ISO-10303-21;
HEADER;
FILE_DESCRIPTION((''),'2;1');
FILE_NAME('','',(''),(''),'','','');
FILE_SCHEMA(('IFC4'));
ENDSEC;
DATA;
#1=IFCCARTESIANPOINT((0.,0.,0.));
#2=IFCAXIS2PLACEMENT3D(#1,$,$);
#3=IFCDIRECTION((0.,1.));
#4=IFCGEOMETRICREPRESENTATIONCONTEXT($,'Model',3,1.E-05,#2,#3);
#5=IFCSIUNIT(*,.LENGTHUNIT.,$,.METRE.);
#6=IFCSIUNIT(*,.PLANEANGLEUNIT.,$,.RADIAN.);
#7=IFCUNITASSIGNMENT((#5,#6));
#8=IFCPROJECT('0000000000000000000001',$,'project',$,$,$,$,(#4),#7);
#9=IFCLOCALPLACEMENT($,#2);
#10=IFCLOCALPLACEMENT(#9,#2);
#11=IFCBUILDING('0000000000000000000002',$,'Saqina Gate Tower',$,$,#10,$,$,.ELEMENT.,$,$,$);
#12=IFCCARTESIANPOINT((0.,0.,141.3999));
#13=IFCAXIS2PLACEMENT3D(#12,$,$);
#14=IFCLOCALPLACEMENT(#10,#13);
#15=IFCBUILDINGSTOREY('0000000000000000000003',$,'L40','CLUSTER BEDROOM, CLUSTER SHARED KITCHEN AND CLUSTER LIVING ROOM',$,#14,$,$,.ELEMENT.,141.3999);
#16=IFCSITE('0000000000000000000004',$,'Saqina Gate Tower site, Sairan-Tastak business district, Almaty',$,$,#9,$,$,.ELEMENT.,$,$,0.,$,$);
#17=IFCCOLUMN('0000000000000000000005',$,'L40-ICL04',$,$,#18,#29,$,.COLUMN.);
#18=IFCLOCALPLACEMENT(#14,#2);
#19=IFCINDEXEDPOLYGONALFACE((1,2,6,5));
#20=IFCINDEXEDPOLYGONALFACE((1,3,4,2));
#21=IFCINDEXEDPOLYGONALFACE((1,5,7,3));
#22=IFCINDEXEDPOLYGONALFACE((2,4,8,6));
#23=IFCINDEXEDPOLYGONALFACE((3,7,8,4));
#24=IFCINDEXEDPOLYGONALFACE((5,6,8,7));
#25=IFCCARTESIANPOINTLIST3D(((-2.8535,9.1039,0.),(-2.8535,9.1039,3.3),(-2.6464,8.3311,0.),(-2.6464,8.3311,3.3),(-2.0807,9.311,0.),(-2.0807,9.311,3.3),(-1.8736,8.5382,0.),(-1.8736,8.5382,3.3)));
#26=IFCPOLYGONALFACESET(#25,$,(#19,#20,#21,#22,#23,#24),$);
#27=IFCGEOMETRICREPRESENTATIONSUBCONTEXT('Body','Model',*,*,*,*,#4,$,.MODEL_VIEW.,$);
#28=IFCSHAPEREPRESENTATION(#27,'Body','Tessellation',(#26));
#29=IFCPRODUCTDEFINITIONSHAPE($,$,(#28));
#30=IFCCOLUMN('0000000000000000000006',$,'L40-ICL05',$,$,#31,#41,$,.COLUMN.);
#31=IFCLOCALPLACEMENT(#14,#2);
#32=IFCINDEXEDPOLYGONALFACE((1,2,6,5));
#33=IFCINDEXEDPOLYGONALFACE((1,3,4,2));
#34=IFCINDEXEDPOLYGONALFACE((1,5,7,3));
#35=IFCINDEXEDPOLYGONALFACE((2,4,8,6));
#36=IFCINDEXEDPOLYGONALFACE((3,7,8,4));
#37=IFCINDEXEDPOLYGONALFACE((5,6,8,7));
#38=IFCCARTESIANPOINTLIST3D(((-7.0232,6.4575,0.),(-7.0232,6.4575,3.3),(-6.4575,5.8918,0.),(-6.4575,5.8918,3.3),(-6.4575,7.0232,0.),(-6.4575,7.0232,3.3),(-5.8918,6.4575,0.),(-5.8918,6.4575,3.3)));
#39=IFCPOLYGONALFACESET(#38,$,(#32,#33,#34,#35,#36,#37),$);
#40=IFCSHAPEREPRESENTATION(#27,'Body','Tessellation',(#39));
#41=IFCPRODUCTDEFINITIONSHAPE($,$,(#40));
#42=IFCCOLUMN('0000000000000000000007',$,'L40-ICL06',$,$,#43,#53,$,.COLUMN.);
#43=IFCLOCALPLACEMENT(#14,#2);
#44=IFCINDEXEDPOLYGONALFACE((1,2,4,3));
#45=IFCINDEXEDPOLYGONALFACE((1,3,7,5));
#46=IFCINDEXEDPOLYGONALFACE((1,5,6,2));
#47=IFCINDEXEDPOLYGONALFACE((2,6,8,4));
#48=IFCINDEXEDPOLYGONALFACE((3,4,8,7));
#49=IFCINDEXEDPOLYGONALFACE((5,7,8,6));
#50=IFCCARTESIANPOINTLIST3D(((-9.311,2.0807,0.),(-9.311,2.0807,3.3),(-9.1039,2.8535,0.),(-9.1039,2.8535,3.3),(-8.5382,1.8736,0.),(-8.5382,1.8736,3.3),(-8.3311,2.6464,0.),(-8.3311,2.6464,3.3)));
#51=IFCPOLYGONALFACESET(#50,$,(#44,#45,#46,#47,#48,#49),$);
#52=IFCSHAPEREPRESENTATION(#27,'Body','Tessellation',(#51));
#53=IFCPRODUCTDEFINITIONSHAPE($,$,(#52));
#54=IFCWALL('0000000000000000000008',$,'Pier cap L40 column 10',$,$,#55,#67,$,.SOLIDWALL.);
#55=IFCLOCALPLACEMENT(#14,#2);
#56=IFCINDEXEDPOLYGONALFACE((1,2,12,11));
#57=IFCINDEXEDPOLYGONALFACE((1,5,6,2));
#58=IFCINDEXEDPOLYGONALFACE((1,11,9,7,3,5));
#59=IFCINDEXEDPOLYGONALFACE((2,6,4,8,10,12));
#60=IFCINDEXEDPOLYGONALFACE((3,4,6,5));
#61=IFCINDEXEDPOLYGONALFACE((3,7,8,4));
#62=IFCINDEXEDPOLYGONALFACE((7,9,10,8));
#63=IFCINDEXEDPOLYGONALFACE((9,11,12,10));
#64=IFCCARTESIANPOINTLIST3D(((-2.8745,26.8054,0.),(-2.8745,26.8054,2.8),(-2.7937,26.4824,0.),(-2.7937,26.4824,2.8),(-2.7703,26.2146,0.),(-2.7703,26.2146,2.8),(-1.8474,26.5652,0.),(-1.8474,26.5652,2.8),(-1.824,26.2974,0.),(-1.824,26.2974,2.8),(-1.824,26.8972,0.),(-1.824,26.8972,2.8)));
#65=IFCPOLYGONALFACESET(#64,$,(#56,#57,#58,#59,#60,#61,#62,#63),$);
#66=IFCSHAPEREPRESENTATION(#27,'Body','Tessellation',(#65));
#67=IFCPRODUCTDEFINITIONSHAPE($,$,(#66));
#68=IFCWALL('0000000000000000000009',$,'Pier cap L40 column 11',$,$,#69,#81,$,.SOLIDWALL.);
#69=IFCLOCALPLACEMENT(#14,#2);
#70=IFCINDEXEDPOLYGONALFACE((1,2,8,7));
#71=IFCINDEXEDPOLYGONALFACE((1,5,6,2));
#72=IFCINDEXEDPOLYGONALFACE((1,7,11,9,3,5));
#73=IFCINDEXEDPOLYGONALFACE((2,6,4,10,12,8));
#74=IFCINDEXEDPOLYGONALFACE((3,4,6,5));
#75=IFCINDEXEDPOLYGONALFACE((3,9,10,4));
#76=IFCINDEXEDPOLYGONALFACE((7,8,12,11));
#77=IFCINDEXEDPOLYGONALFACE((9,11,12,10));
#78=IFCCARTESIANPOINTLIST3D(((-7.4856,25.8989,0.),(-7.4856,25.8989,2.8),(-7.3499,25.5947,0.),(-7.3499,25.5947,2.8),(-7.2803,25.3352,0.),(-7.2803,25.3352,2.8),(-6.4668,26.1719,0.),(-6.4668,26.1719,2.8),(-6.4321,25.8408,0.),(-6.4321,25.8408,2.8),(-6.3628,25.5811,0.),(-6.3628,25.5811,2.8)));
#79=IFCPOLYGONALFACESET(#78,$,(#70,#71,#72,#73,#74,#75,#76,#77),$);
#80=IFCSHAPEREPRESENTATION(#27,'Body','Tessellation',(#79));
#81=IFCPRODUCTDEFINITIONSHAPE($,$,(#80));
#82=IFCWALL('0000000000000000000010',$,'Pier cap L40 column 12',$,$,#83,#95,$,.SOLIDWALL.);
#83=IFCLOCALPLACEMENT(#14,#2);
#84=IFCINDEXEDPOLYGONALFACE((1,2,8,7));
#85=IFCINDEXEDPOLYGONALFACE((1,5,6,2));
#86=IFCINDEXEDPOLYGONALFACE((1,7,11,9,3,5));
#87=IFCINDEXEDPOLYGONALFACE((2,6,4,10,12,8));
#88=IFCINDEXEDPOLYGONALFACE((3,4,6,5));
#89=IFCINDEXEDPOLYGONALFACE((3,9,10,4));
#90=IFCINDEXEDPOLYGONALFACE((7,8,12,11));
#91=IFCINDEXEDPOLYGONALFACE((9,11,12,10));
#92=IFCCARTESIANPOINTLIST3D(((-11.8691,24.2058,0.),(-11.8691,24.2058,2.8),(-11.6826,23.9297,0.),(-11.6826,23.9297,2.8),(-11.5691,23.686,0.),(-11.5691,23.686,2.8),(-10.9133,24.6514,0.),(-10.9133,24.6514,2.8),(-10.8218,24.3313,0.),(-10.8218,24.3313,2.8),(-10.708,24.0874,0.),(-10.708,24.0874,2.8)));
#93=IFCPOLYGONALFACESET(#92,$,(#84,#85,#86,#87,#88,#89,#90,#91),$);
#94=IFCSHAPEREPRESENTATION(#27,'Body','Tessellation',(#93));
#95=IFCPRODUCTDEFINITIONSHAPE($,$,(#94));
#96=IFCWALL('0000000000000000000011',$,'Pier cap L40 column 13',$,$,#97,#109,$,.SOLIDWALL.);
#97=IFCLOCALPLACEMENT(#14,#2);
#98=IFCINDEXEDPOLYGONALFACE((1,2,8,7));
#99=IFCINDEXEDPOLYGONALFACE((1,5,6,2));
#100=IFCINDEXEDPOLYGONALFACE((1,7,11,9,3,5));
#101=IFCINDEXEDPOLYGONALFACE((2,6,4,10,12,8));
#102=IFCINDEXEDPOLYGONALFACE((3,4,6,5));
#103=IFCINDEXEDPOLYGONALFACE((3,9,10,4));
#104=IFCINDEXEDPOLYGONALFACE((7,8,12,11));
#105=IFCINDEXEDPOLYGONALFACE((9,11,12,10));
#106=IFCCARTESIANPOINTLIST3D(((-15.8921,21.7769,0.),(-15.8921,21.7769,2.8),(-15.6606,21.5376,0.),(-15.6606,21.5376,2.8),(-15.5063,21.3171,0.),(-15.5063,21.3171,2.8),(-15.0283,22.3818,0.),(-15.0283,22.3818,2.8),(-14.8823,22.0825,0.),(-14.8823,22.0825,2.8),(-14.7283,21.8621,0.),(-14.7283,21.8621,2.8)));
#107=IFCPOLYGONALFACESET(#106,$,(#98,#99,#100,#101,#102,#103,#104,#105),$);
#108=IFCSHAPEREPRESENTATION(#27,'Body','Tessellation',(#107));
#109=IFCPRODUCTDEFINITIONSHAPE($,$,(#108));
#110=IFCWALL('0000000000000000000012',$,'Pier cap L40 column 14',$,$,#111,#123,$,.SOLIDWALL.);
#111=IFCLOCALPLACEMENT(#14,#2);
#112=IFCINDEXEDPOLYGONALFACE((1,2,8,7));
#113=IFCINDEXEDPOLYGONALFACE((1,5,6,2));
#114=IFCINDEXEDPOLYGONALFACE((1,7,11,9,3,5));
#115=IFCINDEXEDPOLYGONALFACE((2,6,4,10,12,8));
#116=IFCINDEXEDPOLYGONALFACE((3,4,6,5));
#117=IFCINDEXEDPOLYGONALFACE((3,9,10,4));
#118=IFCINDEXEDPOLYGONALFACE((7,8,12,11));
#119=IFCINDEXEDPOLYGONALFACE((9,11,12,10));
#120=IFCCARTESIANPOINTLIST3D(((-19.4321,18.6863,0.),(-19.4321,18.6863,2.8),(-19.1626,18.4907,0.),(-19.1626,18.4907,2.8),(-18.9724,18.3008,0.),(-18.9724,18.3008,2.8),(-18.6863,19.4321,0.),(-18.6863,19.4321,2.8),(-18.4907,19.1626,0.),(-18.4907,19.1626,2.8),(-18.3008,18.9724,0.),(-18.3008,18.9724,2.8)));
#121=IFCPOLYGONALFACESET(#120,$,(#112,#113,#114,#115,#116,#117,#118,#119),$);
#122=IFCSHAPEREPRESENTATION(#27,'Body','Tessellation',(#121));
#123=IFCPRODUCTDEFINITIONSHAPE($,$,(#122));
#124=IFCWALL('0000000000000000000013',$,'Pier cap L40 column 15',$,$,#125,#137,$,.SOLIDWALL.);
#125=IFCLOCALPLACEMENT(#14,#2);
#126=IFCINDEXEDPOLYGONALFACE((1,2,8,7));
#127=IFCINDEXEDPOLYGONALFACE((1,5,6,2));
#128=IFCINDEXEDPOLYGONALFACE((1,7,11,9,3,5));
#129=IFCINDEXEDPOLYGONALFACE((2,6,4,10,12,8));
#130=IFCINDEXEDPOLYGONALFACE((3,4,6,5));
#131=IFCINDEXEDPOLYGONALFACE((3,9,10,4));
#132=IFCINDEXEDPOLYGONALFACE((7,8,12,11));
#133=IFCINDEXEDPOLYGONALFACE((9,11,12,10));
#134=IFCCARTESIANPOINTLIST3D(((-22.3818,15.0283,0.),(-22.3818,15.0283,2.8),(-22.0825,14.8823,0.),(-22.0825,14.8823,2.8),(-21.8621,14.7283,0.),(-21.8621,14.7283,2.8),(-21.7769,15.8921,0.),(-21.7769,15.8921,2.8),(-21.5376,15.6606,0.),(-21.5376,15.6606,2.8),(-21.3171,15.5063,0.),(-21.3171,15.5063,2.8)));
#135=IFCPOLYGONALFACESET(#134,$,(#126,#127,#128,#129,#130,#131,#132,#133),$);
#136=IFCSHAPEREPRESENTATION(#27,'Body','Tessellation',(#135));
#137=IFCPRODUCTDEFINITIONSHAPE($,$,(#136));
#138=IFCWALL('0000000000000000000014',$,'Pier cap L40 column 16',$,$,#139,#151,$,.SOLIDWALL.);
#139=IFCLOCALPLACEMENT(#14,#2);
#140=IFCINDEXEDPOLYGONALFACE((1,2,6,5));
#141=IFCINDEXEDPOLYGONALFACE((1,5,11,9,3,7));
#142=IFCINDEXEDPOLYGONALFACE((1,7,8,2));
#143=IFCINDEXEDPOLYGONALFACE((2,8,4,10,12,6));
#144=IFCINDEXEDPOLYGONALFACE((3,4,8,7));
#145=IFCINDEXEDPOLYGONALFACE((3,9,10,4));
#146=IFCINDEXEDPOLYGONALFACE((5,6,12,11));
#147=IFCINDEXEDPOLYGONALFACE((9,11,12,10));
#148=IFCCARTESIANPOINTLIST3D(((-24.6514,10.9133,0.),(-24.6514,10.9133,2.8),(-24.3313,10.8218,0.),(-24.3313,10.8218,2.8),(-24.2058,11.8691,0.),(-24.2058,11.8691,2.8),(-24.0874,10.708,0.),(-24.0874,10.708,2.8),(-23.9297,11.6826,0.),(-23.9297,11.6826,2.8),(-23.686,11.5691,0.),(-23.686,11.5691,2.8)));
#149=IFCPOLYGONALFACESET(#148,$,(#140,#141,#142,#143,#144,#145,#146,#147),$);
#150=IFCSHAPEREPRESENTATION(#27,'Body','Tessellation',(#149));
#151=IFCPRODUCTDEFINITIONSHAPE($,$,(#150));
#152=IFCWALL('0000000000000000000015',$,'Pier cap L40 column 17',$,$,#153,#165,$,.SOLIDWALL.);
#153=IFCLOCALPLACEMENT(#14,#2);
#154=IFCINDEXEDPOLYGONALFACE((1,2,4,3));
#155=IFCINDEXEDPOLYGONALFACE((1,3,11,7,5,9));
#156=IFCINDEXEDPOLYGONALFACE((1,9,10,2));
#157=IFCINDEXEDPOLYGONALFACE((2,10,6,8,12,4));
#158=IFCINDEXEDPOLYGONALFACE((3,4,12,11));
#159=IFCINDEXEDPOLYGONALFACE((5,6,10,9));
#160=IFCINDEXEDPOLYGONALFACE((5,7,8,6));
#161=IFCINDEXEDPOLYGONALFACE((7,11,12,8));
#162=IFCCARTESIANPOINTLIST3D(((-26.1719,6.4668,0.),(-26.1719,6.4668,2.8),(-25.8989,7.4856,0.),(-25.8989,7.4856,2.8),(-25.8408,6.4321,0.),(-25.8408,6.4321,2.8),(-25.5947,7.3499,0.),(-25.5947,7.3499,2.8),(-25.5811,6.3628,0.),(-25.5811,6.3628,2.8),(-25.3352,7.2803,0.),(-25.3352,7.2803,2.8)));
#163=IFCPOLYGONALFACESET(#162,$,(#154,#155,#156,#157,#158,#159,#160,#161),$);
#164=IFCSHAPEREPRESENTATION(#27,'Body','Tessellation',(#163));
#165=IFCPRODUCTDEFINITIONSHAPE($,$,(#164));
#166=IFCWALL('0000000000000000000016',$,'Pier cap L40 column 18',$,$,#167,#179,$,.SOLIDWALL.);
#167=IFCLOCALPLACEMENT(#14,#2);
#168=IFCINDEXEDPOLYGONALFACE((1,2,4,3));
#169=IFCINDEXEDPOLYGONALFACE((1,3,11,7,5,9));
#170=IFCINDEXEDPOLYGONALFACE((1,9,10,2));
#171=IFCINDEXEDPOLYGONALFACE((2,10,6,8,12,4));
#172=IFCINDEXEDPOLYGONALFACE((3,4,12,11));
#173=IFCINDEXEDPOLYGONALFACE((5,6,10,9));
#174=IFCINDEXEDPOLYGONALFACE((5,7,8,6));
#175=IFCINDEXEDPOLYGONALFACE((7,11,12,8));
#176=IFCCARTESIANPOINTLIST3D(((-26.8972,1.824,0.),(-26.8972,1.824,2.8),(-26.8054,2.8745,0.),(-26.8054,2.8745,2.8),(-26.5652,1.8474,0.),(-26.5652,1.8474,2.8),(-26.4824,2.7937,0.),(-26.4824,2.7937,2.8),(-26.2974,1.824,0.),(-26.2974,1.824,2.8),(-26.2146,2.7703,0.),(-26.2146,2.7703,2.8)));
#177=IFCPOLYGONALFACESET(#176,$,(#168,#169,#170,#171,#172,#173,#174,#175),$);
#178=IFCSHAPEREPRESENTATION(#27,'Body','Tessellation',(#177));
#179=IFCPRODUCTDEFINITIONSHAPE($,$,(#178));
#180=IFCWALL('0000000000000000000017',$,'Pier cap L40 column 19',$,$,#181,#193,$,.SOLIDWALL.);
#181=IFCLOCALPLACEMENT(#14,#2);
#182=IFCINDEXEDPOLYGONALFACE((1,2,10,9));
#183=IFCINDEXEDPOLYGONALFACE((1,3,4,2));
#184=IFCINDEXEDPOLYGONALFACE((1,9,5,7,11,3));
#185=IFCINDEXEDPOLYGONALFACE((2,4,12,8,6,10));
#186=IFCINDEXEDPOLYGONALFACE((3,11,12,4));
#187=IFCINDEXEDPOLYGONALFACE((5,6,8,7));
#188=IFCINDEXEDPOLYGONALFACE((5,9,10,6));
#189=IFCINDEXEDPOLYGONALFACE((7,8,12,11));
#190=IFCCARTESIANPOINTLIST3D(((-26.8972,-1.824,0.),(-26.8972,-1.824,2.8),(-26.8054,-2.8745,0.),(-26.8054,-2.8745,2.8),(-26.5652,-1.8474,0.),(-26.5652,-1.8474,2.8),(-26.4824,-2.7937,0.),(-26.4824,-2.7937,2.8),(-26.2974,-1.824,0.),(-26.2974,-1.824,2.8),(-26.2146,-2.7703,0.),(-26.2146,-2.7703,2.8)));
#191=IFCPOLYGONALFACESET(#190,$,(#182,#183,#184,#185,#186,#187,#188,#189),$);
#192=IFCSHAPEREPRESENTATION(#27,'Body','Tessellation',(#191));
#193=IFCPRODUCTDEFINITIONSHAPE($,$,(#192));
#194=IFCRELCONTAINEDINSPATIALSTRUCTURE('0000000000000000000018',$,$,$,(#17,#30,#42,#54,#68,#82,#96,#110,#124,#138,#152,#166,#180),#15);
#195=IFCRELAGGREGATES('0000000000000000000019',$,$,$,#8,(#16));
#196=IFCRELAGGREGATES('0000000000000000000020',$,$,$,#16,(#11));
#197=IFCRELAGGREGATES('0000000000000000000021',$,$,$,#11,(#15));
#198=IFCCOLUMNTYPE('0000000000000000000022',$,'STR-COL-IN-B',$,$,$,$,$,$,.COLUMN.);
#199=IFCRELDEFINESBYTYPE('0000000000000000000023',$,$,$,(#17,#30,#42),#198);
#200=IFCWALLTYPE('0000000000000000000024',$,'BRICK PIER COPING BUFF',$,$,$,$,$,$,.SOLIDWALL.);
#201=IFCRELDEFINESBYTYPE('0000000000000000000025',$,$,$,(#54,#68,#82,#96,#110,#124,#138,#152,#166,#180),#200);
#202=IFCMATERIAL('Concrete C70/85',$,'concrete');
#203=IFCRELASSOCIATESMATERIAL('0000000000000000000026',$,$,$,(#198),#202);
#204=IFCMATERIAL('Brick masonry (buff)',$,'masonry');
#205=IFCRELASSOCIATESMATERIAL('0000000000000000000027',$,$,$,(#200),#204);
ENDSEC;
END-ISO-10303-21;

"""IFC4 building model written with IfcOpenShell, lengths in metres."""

from ifc_helpers import new_model, si_unit, direction, frame, origin, origin_2d, place, context, subcontext, project, spatial, polyline, rectangle, outline, extrude, material, material_profile, profile_set, type_object, element, save


model = new_model("IFC4")

# Units and contexts
model_context = context("Model", 3, precision=1e-05, world=origin(), true_north=direction((0.0, 1.0)))
body_context = subcontext(model_context, "Body", "Model", "MODEL_VIEW")
ifc_project = project(units=[si_unit("LENGTHUNIT", "METRE"), si_unit("PLANEANGLEUNIT", "RADIAN")], contexts=[model_context])

# Site, building, storey
site_placement = place(None, origin())
site = spatial("IfcSite", under=ifc_project, at=site_placement, Name="Saqina Gate Tower site, Sairan-Tastak business district, Almaty", CompositionType="ELEMENT", RefElevation=0.0)
building_placement = place(site_placement, origin())
building = spatial("IfcBuilding", under=site, at=building_placement, Name="Saqina Gate Tower", CompositionType="ELEMENT")
storey_placement = place(building_placement, frame((0.0, 0.0, 141.3999)))
storey = spatial("IfcBuildingStorey", under=building, at=storey_placement, Name="L40", Description="CLUSTER BEDROOM, CLUSTER SHARED KITCHEN AND CLUSTER LIVING ROOM", CompositionType="ELEMENT", Elevation=141.3999)

# Columns
ifc_material_1 = material(Name="Concrete C70/85", Category="concrete")
ifc_material_profile = material_profile(ifc_material_1, rectangle(XDim=0.8, YDim=0.8, at=origin_2d()), Name="RC 800x800")
ifc_profile_set = profile_set([ifc_material_profile], Name="Concrete C70/85")
column_type = type_object("IfcColumnType", Name="STR-COL-IN-B", PredefinedType="COLUMN", material=ifc_profile_set)
for number, where, z_axis, x_axis, name in (
    (1, (-2.3635, 8.821, 0.0), (0.0, 0.0, 1.0), (-0.258819, 0.965926, 0.0), "L40-ICL04"),
    (2, (-6.4575, 6.4575, 0.0), (0.0, 0.0, 1.0), (-0.707107, 0.707107, 0.0), "L40-ICL05"),
    (3, (-8.821, 2.3635, 0.0), (0.0, 0.0, 1.0), (-0.965926, 0.258819, 0.0), "L40-ICL06"),
):
    element("IfcColumn", number, at=place(storey_placement, frame(where, z_axis=z_axis, x_axis=x_axis)), inside=storey, type_object=column_type, Name=name, PredefinedType="COLUMN", context=body_context, shape_type="SweptSolid", body=[
        extrude(rectangle(XDim=0.8, YDim=0.8, at=origin_2d()), origin(), (0.0, 0.0, 1.0), 3.3),
    ])

# Walls
ifc_material_2 = material(Name="Brick masonry (buff)", Category="masonry")
wall_type_1 = type_object("IfcWallType", Name="BRICK PIER COPING BUFF", PredefinedType="SOLIDWALL", material=ifc_material_2)
wall_1_placement = place(storey_placement, origin())
element("IfcWall", 4, at=wall_1_placement, inside=storey, type_object=wall_type_1, Name="Pier cap L40 column 10", PredefinedType="SOLIDWALL", context=body_context, shape_type="SweptSolid", body=[
    extrude(outline(polyline([(-2.8745, 26.8054), (-2.7703, 26.2146), (-2.7937, 26.4824), (-1.8474, 26.5652), (-1.824, 26.2974), (-1.824, 26.8972), (-2.8745, 26.8054)])), origin(), (0.0, 0.0, 1.0), 2.8),
])
wall_2_placement = place(storey_placement, origin())
element("IfcWall", 5, at=wall_2_placement, inside=storey, type_object=wall_type_1, Name="Pier cap L40 column 11", PredefinedType="SOLIDWALL", context=body_context, shape_type="SweptSolid", body=[
    extrude(outline(polyline([(-6.4668, 26.1719), (-7.4856, 25.8989), (-7.2803, 25.3352), (-7.3499, 25.5947), (-6.4321, 25.8408), (-6.3628, 25.5811), (-6.4668, 26.1719)])), origin(), (0.0, 0.0, 1.0), 2.8),
])
wall_3_placement = place(storey_placement, origin())
element("IfcWall", 6, at=wall_3_placement, inside=storey, type_object=wall_type_1, Name="Pier cap L40 column 12", PredefinedType="SOLIDWALL", context=body_context, shape_type="SweptSolid", body=[
    extrude(outline(polyline([(-10.9133, 24.6514), (-11.8691, 24.2058), (-11.5691, 23.686), (-11.6826, 23.9297), (-10.8218, 24.3313), (-10.708, 24.0874), (-10.9133, 24.6514)])), origin(), (0.0, 0.0, 1.0), 2.8),
])
wall_4_placement = place(storey_placement, origin())
element("IfcWall", 7, at=wall_4_placement, inside=storey, type_object=wall_type_1, Name="Pier cap L40 column 13", PredefinedType="SOLIDWALL", context=body_context, shape_type="SweptSolid", body=[
    extrude(outline(polyline([(-15.8921, 21.7769), (-15.5063, 21.3171), (-15.6606, 21.5376), (-14.8823, 22.0825), (-14.7283, 21.8621), (-15.0283, 22.3818), (-15.8921, 21.7769)])), origin(), (0.0, 0.0, 1.0), 2.8),
])
wall_5_placement = place(storey_placement, origin())
element("IfcWall", 8, at=wall_5_placement, inside=storey, type_object=wall_type_1, Name="Pier cap L40 column 14", PredefinedType="SOLIDWALL", context=body_context, shape_type="SweptSolid", body=[
    extrude(outline(polyline([(-18.6863, 19.4321), (-19.4321, 18.6863), (-18.9724, 18.3008), (-19.1626, 18.4907), (-18.4907, 19.1626), (-18.3008, 18.9724), (-18.6863, 19.4321)])), origin(), (0.0, 0.0, 1.0), 2.8),
])
wall_6_placement = place(storey_placement, origin())
element("IfcWall", 9, at=wall_6_placement, inside=storey, type_object=wall_type_1, Name="Pier cap L40 column 15", PredefinedType="SOLIDWALL", context=body_context, shape_type="SweptSolid", body=[
    extrude(outline(polyline([(-22.3818, 15.0283), (-21.8621, 14.7283), (-22.0825, 14.8823), (-21.5376, 15.6606), (-21.3171, 15.5063), (-21.7769, 15.8921), (-22.3818, 15.0283)])), origin(), (0.0, 0.0, 1.0), 2.8),
])
wall_7_placement = place(storey_placement, origin())
element("IfcWall", 10, at=wall_7_placement, inside=storey, type_object=wall_type_1, Name="Pier cap L40 column 16", PredefinedType="SOLIDWALL", context=body_context, shape_type="SweptSolid", body=[
    extrude(outline(polyline([(-24.6514, 10.9133), (-24.0874, 10.708), (-24.3313, 10.8218), (-23.9297, 11.6826), (-23.686, 11.5691), (-24.2058, 11.8691), (-24.6514, 10.9133)])), origin(), (0.0, 0.0, 1.0), 2.8),
])
wall_8_placement = place(storey_placement, origin())
element("IfcWall", 11, at=wall_8_placement, inside=storey, type_object=wall_type_1, Name="Pier cap L40 column 17", PredefinedType="SOLIDWALL", context=body_context, shape_type="SweptSolid", body=[
    extrude(outline(polyline([(-25.8989, 7.4856), (-26.1719, 6.4668), (-25.5811, 6.3628), (-25.8408, 6.4321), (-25.5947, 7.3499), (-25.3352, 7.2803), (-25.8989, 7.4856)])), origin(), (0.0, 0.0, 1.0), 2.8),
])
wall_9_placement = place(storey_placement, origin())
element("IfcWall", 12, at=wall_9_placement, inside=storey, type_object=wall_type_1, Name="Pier cap L40 column 18", PredefinedType="SOLIDWALL", context=body_context, shape_type="SweptSolid", body=[
    extrude(outline(polyline([(-26.8054, 2.8745), (-26.8972, 1.824), (-26.2974, 1.824), (-26.5652, 1.8474), (-26.4824, 2.7937), (-26.2146, 2.7703), (-26.8054, 2.8745)])), origin(), (0.0, 0.0, 1.0), 2.8),
])
wall_10_placement = place(storey_placement, origin())
element("IfcWall", 13, at=wall_10_placement, inside=storey, type_object=wall_type_1, Name="Pier cap L40 column 19", PredefinedType="SOLIDWALL", context=body_context, shape_type="SweptSolid", body=[
    extrude(outline(polyline([(-26.8054, -2.8745), (-26.2146, -2.7703), (-26.4824, -2.7937), (-26.5652, -1.8474), (-26.2974, -1.824), (-26.8972, -1.824), (-26.8054, -2.8745)])), origin(), (0.0, 0.0, 1.0), 2.8),
])

save(model, "model.ifc")
